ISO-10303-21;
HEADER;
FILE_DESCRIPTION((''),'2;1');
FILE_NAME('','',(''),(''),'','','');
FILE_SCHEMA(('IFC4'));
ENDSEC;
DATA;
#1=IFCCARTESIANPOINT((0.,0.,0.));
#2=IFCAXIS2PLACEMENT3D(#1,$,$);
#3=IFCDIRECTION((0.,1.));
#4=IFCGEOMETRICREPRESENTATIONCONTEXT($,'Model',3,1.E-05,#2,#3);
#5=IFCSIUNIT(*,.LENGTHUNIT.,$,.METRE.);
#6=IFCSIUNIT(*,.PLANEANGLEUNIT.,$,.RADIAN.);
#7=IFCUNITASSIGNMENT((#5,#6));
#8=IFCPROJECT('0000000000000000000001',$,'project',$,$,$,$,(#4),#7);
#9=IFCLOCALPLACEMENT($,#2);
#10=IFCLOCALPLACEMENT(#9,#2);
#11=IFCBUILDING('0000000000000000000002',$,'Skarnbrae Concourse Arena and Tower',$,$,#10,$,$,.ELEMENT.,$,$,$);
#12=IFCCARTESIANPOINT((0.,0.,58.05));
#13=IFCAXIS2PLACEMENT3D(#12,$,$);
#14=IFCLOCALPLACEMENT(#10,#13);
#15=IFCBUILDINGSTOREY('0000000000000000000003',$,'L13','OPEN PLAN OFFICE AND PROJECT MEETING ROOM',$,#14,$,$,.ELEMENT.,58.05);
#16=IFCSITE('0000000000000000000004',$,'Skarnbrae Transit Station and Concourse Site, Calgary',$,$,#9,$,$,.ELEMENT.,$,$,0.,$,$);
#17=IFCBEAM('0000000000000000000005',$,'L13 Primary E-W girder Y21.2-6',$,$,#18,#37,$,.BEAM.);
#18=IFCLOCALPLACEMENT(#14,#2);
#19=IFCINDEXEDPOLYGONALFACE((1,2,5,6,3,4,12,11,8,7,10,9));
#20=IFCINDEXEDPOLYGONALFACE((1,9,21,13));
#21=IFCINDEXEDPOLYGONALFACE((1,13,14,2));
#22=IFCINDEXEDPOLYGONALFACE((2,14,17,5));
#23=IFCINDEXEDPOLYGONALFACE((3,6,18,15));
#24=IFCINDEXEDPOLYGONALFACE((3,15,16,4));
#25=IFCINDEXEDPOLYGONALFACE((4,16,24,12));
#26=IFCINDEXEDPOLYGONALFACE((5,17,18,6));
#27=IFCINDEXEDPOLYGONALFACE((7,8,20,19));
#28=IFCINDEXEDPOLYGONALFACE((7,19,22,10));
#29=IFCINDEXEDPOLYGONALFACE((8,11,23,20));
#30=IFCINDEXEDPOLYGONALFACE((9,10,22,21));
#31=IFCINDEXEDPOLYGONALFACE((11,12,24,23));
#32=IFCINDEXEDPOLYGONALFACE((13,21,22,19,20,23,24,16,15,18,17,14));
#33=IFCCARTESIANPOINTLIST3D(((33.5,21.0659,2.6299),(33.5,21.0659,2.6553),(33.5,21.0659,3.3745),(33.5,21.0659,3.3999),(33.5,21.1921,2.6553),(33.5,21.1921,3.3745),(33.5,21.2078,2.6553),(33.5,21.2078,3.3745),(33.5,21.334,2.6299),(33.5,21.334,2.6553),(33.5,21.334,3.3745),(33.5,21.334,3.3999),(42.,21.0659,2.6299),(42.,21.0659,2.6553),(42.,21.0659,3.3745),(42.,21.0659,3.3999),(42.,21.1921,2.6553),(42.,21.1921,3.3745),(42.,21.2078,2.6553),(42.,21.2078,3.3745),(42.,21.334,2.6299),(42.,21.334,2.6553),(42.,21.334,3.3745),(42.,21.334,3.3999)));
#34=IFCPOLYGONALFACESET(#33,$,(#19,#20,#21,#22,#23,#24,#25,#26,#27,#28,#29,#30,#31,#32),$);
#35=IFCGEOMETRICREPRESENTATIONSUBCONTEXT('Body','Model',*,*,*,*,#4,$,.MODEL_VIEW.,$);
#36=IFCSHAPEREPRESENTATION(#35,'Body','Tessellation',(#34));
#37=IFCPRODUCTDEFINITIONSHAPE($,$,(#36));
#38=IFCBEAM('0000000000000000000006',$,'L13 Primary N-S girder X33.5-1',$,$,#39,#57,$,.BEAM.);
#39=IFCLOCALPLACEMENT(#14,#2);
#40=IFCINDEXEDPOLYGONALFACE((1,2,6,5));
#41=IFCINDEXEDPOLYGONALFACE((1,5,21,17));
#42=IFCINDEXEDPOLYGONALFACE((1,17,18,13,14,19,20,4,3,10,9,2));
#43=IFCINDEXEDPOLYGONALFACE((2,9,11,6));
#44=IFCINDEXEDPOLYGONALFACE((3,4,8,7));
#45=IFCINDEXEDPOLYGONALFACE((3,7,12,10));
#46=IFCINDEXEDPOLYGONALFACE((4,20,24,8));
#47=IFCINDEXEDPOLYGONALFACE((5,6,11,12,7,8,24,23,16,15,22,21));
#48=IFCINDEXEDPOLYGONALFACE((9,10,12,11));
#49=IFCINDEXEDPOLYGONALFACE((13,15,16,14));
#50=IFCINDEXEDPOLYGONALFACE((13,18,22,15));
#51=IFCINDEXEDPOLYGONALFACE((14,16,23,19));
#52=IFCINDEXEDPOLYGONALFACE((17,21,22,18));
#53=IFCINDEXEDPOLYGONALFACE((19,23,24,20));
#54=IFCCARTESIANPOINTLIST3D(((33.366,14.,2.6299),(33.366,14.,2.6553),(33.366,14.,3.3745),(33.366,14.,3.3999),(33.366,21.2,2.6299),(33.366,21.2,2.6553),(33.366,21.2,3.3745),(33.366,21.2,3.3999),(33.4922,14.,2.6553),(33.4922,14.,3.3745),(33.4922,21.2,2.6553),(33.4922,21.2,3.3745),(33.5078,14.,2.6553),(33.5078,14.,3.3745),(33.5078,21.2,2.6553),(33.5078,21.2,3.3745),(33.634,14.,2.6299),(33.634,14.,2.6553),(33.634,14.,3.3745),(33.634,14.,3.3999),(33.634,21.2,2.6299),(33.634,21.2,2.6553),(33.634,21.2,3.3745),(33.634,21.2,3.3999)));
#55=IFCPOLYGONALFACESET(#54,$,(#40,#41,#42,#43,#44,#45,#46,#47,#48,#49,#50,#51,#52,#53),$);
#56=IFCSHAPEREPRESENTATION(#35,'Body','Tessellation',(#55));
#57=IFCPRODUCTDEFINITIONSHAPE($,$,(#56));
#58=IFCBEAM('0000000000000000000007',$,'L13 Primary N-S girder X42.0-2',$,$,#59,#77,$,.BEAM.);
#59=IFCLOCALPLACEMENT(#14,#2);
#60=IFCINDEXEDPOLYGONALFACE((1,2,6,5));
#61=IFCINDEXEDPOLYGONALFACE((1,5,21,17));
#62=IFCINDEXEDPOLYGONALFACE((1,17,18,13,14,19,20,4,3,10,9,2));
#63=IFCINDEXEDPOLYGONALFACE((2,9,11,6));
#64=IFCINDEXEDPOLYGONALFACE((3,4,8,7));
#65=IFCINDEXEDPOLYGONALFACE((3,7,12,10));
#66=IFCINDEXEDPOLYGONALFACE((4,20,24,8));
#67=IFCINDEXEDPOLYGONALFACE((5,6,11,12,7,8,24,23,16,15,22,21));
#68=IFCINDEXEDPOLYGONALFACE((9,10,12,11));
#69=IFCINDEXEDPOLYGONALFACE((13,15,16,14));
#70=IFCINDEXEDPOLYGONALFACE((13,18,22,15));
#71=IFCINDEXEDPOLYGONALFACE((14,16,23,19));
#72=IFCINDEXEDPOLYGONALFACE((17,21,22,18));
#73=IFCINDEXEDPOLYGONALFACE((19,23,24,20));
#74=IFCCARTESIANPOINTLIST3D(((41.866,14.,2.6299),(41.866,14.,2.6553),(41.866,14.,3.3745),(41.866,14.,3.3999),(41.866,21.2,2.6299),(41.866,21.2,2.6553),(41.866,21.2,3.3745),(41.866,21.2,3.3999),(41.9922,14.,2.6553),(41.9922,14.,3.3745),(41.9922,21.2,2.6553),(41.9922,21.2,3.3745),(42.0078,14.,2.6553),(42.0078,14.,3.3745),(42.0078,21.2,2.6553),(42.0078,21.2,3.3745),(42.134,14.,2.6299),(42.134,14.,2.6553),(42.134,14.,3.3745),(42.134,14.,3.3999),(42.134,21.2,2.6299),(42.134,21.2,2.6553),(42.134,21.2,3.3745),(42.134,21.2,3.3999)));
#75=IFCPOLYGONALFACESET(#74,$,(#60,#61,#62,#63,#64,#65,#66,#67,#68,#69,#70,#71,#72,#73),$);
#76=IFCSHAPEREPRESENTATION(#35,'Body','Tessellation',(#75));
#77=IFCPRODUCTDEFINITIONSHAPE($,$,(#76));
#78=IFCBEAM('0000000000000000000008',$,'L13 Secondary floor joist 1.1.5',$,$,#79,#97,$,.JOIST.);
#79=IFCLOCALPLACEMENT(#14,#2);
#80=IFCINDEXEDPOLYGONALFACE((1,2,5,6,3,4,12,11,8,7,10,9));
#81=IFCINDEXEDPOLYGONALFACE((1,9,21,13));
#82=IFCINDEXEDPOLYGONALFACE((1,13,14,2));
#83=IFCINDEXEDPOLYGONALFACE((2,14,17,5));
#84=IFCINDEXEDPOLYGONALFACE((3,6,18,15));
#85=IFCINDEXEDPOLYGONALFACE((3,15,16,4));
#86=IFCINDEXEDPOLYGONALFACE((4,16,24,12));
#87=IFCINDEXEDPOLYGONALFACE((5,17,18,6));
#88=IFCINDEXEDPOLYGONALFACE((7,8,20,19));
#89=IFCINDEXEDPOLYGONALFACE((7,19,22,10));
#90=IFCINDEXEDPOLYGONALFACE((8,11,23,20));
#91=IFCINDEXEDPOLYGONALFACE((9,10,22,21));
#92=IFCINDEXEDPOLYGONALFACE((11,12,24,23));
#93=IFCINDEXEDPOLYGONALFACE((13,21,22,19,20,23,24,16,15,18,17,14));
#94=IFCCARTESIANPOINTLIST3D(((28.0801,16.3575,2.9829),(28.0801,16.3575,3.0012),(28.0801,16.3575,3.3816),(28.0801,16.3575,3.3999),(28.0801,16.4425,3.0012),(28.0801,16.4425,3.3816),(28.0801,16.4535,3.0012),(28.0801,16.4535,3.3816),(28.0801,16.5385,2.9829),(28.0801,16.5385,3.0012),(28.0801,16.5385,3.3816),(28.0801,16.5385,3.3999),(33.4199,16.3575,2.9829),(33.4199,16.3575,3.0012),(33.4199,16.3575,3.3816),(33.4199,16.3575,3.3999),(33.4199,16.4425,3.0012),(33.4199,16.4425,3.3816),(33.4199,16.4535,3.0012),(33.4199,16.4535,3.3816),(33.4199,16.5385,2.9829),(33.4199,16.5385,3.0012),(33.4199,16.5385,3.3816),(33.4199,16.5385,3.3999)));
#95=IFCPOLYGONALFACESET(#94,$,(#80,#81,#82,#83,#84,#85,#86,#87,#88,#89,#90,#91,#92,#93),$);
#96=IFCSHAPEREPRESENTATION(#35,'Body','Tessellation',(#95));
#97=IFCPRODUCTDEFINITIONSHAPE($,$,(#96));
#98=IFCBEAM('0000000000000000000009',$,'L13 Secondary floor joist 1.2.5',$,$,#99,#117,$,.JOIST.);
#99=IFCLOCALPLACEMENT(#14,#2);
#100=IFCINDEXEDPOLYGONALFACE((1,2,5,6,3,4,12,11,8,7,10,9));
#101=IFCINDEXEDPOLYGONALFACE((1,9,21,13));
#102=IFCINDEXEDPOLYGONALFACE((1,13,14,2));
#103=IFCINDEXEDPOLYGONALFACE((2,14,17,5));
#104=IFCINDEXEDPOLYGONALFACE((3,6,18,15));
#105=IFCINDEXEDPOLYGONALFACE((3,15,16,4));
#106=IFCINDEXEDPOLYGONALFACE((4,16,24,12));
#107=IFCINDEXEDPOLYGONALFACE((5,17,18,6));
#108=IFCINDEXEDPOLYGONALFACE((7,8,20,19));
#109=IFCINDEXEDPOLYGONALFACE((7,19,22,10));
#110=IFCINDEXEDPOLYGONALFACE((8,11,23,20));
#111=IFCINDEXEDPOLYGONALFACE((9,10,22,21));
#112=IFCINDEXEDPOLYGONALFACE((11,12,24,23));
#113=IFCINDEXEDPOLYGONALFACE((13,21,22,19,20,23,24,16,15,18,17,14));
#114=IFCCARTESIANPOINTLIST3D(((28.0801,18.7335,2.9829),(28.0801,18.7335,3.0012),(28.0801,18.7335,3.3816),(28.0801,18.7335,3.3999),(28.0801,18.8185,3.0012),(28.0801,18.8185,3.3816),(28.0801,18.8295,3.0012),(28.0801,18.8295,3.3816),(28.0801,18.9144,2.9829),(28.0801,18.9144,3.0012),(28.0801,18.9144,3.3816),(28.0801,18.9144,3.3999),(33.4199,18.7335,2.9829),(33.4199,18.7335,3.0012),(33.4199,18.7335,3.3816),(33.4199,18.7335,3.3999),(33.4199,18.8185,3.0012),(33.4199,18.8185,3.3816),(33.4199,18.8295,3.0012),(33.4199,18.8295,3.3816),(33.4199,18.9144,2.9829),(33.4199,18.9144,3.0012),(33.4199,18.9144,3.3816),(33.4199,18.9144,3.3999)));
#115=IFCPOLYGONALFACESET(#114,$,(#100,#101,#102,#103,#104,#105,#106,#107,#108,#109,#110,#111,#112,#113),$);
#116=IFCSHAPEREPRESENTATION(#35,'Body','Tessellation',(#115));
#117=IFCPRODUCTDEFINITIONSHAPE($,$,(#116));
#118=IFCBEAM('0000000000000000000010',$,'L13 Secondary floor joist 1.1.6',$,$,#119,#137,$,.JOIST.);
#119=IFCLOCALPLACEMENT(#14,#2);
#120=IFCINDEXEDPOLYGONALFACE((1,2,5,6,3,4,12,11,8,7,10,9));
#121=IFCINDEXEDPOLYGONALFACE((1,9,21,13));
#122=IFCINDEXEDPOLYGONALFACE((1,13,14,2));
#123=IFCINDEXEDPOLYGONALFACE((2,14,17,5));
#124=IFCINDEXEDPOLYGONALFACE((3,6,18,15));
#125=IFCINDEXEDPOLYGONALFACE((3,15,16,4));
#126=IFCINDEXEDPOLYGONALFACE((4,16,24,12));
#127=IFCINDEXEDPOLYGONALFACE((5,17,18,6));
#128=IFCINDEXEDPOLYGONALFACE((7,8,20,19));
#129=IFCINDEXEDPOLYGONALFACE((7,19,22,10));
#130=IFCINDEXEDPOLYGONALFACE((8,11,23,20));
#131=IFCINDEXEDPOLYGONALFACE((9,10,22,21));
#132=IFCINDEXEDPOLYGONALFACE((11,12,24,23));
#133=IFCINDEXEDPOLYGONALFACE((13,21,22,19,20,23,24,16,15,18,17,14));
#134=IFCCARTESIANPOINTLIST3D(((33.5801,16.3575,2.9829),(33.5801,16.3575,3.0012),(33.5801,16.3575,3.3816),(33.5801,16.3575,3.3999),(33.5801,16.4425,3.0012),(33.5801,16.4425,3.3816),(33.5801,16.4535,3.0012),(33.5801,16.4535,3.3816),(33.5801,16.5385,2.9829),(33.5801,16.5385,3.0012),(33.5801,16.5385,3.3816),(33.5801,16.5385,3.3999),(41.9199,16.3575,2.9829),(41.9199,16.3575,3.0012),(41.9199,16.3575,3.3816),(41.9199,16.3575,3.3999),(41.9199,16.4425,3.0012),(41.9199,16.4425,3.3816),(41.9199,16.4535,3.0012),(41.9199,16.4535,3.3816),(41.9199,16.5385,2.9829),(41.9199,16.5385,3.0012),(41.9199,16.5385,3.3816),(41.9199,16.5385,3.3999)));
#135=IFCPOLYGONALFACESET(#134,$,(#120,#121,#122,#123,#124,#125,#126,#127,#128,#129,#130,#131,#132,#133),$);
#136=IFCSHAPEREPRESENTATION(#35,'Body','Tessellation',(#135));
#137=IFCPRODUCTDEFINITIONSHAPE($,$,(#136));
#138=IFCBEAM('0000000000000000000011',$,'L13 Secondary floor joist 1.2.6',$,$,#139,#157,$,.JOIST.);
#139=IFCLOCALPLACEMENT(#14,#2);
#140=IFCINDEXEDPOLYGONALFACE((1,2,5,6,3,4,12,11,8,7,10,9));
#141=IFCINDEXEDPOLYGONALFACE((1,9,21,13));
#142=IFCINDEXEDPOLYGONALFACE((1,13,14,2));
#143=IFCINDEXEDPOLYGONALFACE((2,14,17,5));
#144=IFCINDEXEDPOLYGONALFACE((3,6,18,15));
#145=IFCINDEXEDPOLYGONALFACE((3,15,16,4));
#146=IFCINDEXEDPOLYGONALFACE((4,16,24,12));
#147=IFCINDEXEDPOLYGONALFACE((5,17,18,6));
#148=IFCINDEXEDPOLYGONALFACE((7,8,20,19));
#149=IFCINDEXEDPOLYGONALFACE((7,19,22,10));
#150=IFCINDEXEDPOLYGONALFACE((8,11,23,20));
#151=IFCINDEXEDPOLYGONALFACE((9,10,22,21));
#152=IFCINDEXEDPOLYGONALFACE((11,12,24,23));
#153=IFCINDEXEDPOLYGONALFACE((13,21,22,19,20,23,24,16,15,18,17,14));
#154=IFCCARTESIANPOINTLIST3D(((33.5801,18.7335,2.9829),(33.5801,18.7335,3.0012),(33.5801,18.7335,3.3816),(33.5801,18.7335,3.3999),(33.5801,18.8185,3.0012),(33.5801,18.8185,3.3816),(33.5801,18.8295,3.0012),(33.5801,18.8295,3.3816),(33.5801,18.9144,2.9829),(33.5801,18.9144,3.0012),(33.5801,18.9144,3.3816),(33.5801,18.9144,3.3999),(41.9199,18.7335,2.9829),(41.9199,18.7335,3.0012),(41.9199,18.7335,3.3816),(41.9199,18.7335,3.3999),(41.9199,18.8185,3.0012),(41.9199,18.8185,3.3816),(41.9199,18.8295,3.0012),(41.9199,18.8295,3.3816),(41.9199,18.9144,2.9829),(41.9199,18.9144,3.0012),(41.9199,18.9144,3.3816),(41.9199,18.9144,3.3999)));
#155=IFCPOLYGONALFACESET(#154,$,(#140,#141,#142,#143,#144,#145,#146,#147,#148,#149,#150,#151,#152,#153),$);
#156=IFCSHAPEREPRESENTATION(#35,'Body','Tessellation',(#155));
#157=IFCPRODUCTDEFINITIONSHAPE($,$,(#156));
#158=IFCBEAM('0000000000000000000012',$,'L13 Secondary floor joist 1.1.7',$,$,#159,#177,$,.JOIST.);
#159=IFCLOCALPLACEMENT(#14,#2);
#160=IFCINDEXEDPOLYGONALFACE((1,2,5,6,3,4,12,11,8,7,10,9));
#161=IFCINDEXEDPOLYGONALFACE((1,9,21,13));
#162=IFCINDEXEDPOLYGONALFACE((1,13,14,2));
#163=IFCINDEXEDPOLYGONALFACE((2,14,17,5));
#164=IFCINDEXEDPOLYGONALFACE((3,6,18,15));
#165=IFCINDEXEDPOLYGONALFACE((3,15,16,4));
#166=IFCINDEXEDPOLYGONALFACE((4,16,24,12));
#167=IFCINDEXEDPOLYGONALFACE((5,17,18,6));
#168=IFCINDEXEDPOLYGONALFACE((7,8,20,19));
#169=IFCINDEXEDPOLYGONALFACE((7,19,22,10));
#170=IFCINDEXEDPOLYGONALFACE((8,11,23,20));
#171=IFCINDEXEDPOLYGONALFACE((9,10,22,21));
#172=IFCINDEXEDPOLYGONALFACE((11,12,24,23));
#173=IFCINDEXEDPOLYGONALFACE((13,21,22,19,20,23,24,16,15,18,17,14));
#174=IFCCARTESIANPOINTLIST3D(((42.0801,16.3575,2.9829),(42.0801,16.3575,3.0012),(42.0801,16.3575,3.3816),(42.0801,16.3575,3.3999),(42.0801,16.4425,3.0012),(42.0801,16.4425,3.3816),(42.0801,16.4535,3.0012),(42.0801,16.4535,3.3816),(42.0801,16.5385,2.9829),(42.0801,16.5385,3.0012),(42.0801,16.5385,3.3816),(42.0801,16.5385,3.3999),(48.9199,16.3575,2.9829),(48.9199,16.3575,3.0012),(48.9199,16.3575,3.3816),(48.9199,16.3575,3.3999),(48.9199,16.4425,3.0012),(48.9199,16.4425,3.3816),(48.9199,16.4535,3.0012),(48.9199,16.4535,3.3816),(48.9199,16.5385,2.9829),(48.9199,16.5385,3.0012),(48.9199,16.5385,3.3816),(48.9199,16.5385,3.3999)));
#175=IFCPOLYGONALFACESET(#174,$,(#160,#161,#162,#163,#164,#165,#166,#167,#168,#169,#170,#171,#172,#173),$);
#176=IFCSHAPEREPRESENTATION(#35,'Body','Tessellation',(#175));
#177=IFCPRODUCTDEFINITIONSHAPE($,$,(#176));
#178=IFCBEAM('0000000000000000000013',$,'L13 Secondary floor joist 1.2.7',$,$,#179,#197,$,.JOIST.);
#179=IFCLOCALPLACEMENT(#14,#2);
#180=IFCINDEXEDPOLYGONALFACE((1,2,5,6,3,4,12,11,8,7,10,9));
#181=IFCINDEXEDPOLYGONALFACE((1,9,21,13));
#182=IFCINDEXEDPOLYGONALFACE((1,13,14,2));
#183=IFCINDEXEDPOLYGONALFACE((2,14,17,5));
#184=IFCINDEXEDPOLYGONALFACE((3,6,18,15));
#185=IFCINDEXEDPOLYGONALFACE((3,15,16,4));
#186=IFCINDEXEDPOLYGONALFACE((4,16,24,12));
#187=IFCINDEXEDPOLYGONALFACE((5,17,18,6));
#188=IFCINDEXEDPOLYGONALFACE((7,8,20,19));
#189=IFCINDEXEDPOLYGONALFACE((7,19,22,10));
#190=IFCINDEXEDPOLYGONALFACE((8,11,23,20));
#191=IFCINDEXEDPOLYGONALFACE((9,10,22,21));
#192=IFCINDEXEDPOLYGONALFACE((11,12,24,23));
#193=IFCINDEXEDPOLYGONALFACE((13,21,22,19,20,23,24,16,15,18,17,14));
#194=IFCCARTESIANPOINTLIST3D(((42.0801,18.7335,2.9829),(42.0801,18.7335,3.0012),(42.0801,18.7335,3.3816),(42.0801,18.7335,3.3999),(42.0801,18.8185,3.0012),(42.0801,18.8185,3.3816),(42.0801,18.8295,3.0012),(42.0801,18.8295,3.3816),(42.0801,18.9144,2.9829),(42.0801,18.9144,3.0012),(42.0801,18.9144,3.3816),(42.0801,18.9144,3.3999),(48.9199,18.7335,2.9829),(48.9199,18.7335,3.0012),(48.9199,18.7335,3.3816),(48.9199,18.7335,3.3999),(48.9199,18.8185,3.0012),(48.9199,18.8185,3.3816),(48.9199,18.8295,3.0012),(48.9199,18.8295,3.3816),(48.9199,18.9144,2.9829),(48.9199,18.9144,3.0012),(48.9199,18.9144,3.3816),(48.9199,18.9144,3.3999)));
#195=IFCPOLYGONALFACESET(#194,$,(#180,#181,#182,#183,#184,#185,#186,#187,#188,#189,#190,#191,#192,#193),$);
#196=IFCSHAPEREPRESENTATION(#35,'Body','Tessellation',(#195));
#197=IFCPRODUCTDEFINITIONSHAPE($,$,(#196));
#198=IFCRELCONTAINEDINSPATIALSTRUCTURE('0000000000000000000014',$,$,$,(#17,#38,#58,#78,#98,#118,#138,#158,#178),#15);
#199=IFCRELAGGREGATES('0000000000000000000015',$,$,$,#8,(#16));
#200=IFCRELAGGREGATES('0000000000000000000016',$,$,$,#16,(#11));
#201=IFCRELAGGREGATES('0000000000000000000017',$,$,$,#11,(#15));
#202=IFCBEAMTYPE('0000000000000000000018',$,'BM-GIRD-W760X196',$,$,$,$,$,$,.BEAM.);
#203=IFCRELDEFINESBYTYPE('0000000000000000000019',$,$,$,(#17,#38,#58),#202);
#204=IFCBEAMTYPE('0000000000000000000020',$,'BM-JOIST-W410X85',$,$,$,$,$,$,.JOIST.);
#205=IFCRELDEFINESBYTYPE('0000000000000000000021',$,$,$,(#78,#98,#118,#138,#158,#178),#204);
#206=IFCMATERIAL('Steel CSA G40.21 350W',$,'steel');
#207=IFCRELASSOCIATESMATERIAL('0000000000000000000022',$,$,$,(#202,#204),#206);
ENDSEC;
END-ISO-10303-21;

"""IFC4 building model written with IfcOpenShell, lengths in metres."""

from ifc_helpers import new_model, si_unit, direction, frame, origin, origin_2d, place, context, subcontext, project, spatial, i_section, extrude, source, transform, mapped, material, material_profile, profile_set, type_object, element, save


model = new_model("IFC4")

# Units and contexts
model_context = context("Model", 3, precision=1e-05, world=origin(), true_north=direction((0.0, 1.0)))
body_context = subcontext(model_context, "Body", "Model", "MODEL_VIEW")
ifc_project = project(units=[si_unit("LENGTHUNIT", "METRE"), si_unit("PLANEANGLEUNIT", "RADIAN")], contexts=[model_context])

# Site, building, storey
site_placement = place(None, origin())
site = spatial("IfcSite", under=ifc_project, at=site_placement, Name="Skarnbrae Transit Station and Concourse Site, Calgary", CompositionType="ELEMENT", RefElevation=0.0)
building_placement = place(site_placement, origin())
building = spatial("IfcBuilding", under=site, at=building_placement, Name="Skarnbrae Concourse Arena and Tower", CompositionType="ELEMENT")
storey_placement = place(building_placement, frame((0.0, 0.0, 58.05)))
storey = spatial("IfcBuildingStorey", under=building, at=storey_placement, Name="L13", Description="OPEN PLAN OFFICE AND PROJECT MEETING ROOM", CompositionType="ELEMENT", Elevation=58.05)

# Shared definitions
ifc_material_1 = material(Name="Steel CSA G40.21 350W", Category="steel")

# Beams
ifc_material_profile_1 = material_profile(ifc_material_1, i_section(OverallWidth=0.2681, OverallDepth=0.77, WebThickness=0.0156, FlangeThickness=0.0254, at=origin_2d()), Name="W760X196")
ifc_profile_set_1 = profile_set([ifc_material_profile_1], Name="Steel CSA G40.21 350W")
beam_type_1 = type_object("IfcBeamType", Name="BM-GIRD-W760X196", PredefinedType="BEAM", material=ifc_profile_set_1)
shared_shape_1 = source(origin(), body_context, "Body", "SweptSolid", [
    extrude(i_section(OverallWidth=0.2681, OverallDepth=0.77, WebThickness=0.0156, FlangeThickness=0.0254, at=origin_2d()), origin(), (0.0, 0.0, 1.0), 8.5),
])
for number, where, z_axis, x_axis, name in (
    (1, (33.5, 21.2, 3.0149), (1.0, 0.0, 0.0), (0.0, 1.0, 0.0), "L13 Primary E-W girder Y21.2-6"),
):
    element("IfcBeam", number, at=place(storey_placement, frame(where, z_axis=z_axis, x_axis=x_axis)), inside=storey, type_object=beam_type_1, Name=name, PredefinedType="BEAM", context=body_context, shape_type="MappedRepresentation", body=[
        mapped(shared_shape_1, transform((0.0, 0.0, 0.0))),
    ])
shared_shape_2 = source(origin(), body_context, "Body", "SweptSolid", [
    extrude(i_section(OverallWidth=0.2681, OverallDepth=0.77, WebThickness=0.0156, FlangeThickness=0.0254, at=origin_2d()), origin(), (0.0, 0.0, 1.0), 7.2),
])
for number, where, z_axis, x_axis, name in (
    (2, (33.5, 14.0, 3.0149), (0.0, 1.0, 0.0), (-1.0, 0.0, 0.0), "L13 Primary N-S girder X33.5-1"),
    (3, (42.0, 14.0, 3.0149), (0.0, 1.0, 0.0), (-1.0, 0.0, 0.0), "L13 Primary N-S girder X42.0-2"),
):
    element("IfcBeam", number, at=place(storey_placement, frame(where, z_axis=z_axis, x_axis=x_axis)), inside=storey, type_object=beam_type_1, Name=name, PredefinedType="BEAM", context=body_context, shape_type="MappedRepresentation", body=[
        mapped(shared_shape_2, transform((0.0, 0.0, 0.0))),
    ])
ifc_material_profile_2 = material_profile(ifc_material_1, i_section(OverallWidth=0.1809, OverallDepth=0.417, WebThickness=0.011, FlangeThickness=0.0183, at=origin_2d()), Name="W410X85")
ifc_profile_set_2 = profile_set([ifc_material_profile_2], Name="Steel CSA G40.21 350W")
beam_type_2 = type_object("IfcBeamType", Name="BM-JOIST-W410X85", PredefinedType="JOIST", material=ifc_profile_set_2)
shared_shape_3 = source(origin(), body_context, "Body", "SweptSolid", [
    extrude(i_section(OverallWidth=0.1809, OverallDepth=0.417, WebThickness=0.011, FlangeThickness=0.0183, at=origin_2d()), origin(), (0.0, 0.0, 1.0), 5.3398),
])
for number, where, z_axis, x_axis, name in (
    (4, (28.0801, 16.448, 3.1914), (1.0, 0.0, 0.0), (0.0, 1.0, 0.0), "L13 Secondary floor joist 1.1.5"),
    (5, (28.0801, 18.824, 3.1914), (1.0, 0.0, 0.0), (0.0, 1.0, 0.0), "L13 Secondary floor joist 1.2.5"),
):
    element("IfcBeam", number, at=place(storey_placement, frame(where, z_axis=z_axis, x_axis=x_axis)), inside=storey, type_object=beam_type_2, Name=name, PredefinedType="JOIST", context=body_context, shape_type="MappedRepresentation", body=[
        mapped(shared_shape_3, transform((0.0, 0.0, 0.0))),
    ])
shared_shape_4 = source(origin(), body_context, "Body", "SweptSolid", [
    extrude(i_section(OverallWidth=0.1809, OverallDepth=0.417, WebThickness=0.011, FlangeThickness=0.0183, at=origin_2d()), origin(), (0.0, 0.0, 1.0), 8.3398),
])
for number, where, z_axis, x_axis, name in (
    (6, (33.5801, 16.448, 3.1914), (1.0, 0.0, 0.0), (0.0, 1.0, 0.0), "L13 Secondary floor joist 1.1.6"),
    (7, (33.5801, 18.824, 3.1914), (1.0, 0.0, 0.0), (0.0, 1.0, 0.0), "L13 Secondary floor joist 1.2.6"),
):
    element("IfcBeam", number, at=place(storey_placement, frame(where, z_axis=z_axis, x_axis=x_axis)), inside=storey, type_object=beam_type_2, Name=name, PredefinedType="JOIST", context=body_context, shape_type="MappedRepresentation", body=[
        mapped(shared_shape_4, transform((0.0, 0.0, 0.0))),
    ])
shared_shape_5 = source(origin(), body_context, "Body", "SweptSolid", [
    extrude(i_section(OverallWidth=0.1809, OverallDepth=0.417, WebThickness=0.011, FlangeThickness=0.0183, at=origin_2d()), origin(), (0.0, 0.0, 1.0), 6.8398),
])
for number, where, z_axis, x_axis, name in (
    (8, (42.0801, 16.448, 3.1914), (1.0, 0.0, 0.0), (0.0, 1.0, 0.0), "L13 Secondary floor joist 1.1.7"),
    (9, (42.0801, 18.824, 3.1914), (1.0, 0.0, 0.0), (0.0, 1.0, 0.0), "L13 Secondary floor joist 1.2.7"),
):
    element("IfcBeam", number, at=place(storey_placement, frame(where, z_axis=z_axis, x_axis=x_axis)), inside=storey, type_object=beam_type_2, Name=name, PredefinedType="JOIST", context=body_context, shape_type="MappedRepresentation", body=[
        mapped(shared_shape_5, transform((0.0, 0.0, 0.0))),
    ])

save(model, "model.ifc")
